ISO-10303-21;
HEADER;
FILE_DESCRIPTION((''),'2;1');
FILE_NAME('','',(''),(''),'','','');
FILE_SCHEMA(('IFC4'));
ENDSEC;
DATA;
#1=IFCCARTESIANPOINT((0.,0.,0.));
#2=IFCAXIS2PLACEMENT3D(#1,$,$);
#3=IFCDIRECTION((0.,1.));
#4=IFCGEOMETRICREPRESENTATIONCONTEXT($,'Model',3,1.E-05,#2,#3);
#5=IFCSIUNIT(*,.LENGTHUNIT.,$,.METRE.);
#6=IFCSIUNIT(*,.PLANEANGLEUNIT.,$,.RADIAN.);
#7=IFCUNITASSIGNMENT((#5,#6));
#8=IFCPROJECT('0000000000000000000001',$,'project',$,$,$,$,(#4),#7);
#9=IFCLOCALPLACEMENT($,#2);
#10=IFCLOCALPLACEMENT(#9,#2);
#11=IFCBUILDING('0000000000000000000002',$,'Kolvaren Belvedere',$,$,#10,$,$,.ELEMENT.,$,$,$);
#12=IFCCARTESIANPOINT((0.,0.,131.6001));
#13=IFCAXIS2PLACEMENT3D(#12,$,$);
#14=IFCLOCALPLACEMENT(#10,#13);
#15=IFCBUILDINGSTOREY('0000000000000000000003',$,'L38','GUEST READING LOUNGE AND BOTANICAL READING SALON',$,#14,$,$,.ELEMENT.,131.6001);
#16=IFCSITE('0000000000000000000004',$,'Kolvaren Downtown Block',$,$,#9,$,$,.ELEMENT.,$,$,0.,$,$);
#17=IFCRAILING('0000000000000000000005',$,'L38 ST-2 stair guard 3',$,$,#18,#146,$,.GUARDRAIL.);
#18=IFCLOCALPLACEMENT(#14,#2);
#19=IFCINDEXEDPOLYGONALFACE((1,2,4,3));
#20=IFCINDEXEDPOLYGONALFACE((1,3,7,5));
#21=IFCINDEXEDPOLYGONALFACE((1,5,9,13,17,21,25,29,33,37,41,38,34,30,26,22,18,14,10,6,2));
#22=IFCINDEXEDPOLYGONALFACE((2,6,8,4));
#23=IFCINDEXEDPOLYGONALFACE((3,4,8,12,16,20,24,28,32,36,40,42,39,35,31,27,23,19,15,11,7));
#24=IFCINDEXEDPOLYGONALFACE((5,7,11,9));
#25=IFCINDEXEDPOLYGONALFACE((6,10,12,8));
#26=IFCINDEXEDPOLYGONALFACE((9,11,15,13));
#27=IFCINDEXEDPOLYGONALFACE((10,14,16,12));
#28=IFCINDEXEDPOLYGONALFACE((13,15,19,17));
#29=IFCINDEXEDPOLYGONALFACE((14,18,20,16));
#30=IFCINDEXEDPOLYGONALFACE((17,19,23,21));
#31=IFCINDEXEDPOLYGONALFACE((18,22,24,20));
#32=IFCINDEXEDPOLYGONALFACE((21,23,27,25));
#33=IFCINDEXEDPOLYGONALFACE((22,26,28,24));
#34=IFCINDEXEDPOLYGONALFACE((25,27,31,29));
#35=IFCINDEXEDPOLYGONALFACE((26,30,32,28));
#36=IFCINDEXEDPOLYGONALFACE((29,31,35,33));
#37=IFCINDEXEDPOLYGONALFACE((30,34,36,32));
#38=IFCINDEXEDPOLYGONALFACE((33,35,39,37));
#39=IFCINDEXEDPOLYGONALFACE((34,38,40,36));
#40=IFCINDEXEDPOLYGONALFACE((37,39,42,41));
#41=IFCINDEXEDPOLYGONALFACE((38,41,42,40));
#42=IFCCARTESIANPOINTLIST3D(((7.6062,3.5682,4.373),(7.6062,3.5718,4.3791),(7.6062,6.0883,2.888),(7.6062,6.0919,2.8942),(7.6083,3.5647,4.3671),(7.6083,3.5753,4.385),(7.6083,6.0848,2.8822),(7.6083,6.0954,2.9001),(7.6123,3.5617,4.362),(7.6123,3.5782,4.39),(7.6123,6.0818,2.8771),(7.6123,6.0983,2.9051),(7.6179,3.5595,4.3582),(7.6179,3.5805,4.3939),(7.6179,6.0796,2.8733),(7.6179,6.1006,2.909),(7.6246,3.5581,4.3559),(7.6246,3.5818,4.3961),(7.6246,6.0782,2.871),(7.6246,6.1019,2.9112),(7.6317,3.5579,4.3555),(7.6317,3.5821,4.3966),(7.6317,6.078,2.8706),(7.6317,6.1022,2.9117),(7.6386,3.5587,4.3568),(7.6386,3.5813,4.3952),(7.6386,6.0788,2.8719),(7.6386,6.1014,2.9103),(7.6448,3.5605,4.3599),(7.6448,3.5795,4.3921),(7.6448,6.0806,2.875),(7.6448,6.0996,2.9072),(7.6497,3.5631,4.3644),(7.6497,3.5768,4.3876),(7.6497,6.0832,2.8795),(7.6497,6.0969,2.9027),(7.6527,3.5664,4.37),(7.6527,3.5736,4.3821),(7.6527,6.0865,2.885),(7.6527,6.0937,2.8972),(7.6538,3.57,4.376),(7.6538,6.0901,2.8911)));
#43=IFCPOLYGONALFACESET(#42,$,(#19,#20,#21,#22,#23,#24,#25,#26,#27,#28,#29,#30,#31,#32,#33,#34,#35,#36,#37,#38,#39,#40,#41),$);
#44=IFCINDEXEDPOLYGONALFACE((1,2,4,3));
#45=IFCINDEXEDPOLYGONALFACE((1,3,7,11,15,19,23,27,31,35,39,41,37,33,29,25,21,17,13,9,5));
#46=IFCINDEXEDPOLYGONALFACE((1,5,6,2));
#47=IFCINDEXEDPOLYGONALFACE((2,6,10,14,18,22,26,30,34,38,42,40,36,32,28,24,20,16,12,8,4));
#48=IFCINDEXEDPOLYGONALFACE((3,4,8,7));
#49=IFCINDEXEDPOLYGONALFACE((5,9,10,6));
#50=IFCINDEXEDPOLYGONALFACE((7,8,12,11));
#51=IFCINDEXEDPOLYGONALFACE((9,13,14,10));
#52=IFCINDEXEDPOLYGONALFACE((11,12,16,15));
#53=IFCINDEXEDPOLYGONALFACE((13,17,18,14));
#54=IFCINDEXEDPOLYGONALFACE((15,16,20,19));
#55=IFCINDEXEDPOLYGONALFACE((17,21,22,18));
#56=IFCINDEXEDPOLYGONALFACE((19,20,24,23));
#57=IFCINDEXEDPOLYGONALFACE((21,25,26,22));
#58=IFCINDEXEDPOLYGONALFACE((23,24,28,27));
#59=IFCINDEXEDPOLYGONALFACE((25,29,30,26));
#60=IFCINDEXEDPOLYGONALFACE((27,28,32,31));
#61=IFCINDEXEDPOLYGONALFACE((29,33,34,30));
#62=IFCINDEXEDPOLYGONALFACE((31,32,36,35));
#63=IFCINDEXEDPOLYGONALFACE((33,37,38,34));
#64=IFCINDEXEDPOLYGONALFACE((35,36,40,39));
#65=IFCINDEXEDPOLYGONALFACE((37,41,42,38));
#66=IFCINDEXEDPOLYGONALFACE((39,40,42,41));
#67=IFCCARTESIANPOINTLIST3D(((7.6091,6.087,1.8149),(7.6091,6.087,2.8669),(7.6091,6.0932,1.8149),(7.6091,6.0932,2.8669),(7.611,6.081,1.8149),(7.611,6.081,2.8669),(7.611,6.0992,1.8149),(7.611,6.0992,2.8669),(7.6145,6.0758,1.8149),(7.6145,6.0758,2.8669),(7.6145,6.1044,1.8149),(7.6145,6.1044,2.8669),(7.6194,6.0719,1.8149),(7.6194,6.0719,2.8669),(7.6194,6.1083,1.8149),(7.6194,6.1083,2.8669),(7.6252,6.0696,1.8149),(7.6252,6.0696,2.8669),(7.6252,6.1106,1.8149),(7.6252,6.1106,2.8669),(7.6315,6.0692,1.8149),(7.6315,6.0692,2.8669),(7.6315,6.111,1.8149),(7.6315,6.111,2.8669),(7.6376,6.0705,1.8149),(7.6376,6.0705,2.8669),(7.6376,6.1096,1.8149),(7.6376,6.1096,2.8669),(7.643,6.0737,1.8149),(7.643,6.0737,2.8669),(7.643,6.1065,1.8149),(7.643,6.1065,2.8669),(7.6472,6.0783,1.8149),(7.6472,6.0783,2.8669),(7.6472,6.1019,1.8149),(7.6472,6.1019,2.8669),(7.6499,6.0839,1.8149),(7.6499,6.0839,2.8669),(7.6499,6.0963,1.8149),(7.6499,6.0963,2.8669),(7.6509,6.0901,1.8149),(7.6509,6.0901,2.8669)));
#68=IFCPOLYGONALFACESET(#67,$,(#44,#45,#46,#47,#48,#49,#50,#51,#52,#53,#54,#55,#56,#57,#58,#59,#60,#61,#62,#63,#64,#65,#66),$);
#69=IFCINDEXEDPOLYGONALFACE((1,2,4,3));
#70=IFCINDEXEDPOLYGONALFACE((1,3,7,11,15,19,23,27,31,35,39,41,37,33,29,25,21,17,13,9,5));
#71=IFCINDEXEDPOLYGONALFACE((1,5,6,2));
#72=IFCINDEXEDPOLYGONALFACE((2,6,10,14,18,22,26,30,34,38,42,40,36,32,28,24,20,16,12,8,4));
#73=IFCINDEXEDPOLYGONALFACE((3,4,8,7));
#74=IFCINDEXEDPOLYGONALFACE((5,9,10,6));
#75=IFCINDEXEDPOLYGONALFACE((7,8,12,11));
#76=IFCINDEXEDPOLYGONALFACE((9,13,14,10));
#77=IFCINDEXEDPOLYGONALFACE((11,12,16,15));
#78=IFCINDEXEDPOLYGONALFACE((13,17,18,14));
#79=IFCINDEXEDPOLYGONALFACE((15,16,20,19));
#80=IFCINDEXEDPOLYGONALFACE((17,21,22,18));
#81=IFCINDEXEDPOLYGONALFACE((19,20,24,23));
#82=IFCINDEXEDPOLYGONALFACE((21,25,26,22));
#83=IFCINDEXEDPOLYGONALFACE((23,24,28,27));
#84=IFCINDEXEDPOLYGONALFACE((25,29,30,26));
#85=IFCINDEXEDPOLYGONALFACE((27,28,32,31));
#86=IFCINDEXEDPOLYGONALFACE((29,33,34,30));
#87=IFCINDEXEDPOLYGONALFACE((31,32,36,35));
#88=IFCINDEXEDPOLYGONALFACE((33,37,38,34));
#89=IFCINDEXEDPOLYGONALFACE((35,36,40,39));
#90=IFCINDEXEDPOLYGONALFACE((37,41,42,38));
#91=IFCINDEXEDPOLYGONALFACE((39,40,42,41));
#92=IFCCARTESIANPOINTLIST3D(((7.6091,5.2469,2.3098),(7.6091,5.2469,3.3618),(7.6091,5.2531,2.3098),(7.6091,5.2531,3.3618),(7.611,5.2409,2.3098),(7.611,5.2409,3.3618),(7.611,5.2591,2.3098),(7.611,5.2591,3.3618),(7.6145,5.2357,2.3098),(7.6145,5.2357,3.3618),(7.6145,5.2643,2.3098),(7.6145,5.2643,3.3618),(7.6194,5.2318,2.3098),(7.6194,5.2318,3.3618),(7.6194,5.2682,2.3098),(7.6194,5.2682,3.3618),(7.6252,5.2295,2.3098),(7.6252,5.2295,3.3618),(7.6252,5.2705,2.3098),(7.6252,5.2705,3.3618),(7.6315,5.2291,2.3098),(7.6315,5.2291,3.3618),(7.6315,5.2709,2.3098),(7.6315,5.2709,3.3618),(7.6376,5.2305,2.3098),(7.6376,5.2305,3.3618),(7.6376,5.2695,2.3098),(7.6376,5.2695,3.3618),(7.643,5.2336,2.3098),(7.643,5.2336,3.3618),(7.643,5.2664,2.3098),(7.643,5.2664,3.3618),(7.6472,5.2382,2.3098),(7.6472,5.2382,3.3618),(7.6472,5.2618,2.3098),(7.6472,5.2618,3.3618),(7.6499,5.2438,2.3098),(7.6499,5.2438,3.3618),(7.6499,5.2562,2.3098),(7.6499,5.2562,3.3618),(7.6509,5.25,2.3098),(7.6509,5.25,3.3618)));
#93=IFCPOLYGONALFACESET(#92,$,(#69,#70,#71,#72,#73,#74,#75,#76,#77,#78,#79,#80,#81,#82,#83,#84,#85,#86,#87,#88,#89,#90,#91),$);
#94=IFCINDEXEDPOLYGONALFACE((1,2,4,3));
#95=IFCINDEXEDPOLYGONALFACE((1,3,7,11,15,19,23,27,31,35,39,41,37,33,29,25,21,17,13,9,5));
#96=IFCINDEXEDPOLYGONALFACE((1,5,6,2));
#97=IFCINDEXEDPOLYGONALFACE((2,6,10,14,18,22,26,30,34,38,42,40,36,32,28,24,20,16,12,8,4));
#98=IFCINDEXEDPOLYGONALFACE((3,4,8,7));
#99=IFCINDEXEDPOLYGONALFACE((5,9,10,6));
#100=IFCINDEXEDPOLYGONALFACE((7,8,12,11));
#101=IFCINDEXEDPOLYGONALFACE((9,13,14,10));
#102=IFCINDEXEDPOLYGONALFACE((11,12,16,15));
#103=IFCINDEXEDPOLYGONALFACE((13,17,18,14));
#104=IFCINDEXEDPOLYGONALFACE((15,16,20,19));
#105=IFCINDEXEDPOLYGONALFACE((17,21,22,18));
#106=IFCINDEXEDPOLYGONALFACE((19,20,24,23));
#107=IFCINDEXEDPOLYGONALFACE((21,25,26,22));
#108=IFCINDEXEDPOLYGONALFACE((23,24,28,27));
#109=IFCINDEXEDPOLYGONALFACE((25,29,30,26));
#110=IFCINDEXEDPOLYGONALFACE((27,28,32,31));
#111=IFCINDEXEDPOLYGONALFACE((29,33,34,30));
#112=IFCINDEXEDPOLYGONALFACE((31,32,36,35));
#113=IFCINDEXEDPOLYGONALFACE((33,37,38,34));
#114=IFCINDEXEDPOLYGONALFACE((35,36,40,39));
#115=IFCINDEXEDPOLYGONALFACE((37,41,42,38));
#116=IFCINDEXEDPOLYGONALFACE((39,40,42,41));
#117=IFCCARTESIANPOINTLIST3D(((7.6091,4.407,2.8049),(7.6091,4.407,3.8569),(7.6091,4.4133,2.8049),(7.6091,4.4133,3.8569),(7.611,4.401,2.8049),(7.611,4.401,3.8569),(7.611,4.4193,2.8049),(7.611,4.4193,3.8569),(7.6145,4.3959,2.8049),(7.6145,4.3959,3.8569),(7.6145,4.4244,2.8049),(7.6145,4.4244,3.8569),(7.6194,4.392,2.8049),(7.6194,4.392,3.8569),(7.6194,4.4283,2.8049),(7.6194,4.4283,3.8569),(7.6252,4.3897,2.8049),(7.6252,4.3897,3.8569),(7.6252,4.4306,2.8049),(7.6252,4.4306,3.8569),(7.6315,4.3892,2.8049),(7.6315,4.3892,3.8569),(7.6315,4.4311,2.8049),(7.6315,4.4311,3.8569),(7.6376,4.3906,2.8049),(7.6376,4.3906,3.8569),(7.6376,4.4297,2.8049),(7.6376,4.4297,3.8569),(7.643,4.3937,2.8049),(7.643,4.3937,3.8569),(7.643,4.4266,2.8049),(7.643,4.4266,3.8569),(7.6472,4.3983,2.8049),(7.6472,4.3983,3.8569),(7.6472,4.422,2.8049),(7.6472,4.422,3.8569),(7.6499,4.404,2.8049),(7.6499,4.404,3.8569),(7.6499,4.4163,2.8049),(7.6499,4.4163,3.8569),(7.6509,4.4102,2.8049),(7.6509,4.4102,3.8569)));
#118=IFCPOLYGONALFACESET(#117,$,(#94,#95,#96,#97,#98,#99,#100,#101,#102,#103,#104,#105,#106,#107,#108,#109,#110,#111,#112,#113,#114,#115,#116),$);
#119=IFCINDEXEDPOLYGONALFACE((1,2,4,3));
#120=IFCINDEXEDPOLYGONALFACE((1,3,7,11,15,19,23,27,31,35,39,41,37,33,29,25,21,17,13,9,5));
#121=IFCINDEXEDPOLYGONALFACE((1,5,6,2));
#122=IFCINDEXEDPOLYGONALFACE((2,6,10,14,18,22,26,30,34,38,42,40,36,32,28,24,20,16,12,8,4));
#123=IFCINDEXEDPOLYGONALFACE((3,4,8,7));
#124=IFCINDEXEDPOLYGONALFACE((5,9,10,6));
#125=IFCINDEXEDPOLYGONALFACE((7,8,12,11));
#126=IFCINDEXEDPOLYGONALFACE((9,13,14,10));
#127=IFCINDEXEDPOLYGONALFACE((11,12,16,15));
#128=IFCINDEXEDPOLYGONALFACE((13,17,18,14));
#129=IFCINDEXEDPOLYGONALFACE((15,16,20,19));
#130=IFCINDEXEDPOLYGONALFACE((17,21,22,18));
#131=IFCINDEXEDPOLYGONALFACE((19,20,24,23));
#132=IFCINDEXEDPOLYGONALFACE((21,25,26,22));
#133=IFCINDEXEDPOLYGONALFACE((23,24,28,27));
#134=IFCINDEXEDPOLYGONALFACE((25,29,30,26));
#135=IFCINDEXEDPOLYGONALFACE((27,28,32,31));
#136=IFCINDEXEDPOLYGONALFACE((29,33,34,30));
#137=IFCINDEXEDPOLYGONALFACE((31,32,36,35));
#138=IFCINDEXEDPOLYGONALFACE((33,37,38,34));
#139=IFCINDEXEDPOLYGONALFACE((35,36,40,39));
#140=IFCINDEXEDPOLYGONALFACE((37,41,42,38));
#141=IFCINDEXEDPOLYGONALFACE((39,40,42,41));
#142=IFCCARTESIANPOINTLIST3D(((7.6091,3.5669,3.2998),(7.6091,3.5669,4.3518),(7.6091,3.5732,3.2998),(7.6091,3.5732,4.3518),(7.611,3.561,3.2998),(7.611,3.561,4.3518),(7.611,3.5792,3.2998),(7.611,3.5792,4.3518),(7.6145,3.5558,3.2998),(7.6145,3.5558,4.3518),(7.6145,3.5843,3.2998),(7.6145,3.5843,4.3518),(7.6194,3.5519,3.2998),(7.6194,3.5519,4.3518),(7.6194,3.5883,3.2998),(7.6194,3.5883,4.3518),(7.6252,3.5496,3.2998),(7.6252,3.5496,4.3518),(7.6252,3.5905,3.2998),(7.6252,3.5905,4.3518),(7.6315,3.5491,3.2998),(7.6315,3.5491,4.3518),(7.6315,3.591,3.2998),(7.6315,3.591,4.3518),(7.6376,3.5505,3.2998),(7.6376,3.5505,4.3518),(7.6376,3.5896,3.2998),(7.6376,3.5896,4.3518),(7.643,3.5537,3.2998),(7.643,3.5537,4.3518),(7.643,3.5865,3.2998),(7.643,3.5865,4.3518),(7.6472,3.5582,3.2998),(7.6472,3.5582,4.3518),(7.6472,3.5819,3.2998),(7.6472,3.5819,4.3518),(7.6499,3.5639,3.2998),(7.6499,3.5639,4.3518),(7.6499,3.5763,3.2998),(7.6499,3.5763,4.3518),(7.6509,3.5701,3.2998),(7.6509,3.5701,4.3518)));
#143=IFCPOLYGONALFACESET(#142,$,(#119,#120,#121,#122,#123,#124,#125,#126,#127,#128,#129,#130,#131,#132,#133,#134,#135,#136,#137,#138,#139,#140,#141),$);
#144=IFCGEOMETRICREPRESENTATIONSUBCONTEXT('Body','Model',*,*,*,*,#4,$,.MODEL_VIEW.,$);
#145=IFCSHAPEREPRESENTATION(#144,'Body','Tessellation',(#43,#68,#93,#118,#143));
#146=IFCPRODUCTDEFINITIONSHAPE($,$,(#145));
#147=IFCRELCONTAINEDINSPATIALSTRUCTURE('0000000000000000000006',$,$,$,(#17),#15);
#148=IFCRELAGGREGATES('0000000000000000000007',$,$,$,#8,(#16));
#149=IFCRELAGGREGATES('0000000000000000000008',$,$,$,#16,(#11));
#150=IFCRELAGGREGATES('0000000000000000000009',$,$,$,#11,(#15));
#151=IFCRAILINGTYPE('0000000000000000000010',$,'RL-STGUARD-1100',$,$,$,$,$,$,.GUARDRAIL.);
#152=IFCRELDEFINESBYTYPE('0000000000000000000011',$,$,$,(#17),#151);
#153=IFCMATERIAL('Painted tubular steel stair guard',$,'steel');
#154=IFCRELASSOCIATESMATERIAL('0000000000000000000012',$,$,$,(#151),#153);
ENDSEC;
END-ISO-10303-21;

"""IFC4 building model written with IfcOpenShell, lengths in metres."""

from ifc_helpers import new_model, si_unit, direction, frame, origin, origin_2d, place, context, subcontext, project, spatial, circle, extrude, material, type_object, element, save


model = new_model("IFC4")

# Units and contexts
model_context = context("Model", 3, precision=1e-05, world=origin(), true_north=direction((0.0, 1.0)))
body_context = subcontext(model_context, "Body", "Model", "MODEL_VIEW")
ifc_project = project(units=[si_unit("LENGTHUNIT", "METRE"), si_unit("PLANEANGLEUNIT", "RADIAN")], contexts=[model_context])

# Site, building, storey
site_placement = place(None, origin())
site = spatial("IfcSite", under=ifc_project, at=site_placement, Name="Kolvaren Downtown Block", CompositionType="ELEMENT", RefElevation=0.0)
building_placement = place(site_placement, origin())
building = spatial("IfcBuilding", under=site, at=building_placement, Name="Kolvaren Belvedere", CompositionType="ELEMENT")
storey_placement = place(building_placement, frame((0.0, 0.0, 131.6001)))
storey = spatial("IfcBuildingStorey", under=building, at=storey_placement, Name="L38", Description="GUEST READING LOUNGE AND BOTANICAL READING SALON", CompositionType="ELEMENT", Elevation=131.6001)

# Railing
ifc_material_1 = material(Name="Painted tubular steel stair guard", Category="steel")
railing_type_1 = type_object("IfcRailingType", Name="RL-STGUARD-1100", PredefinedType="GUARDRAIL", material=ifc_material_1)
railing_1_placement = place(storey_placement, frame((7.6299, 6.0901, 1.8149)))
element("IfcRailing", 1, at=railing_1_placement, inside=storey, type_object=railing_type_1, Name="L38 ST-2 stair guard 3", PredefinedType="GUARDRAIL", context=body_context, shape_type="SweptSolid", body=[
    extrude(circle(Radius=0.0239, at=origin_2d()), frame((0.0, 0.0, 1.0762), z_axis=(0.0, -0.861561, 0.507655), x_axis=(1.0, 0.0, 0.0)), (0.0, 0.0, 1.0), 2.925),
    extrude(circle(Radius=0.021, at=origin_2d()), origin(), (0.0, 0.0, 1.0), 1.052),
    extrude(circle(Radius=0.021, at=origin_2d()), frame((0.0, -0.8401, 0.4949)), (0.0, 0.0, 1.0), 1.052),
    extrude(circle(Radius=0.021, at=origin_2d()), frame((0.0, -1.6799, 0.99)), (0.0, 0.0, 1.0), 1.052),
    extrude(circle(Radius=0.021, at=origin_2d()), frame((0.0, -2.52, 1.4849)), (0.0, 0.0, 1.0), 1.052),
])

save(model, "model.ifc")
